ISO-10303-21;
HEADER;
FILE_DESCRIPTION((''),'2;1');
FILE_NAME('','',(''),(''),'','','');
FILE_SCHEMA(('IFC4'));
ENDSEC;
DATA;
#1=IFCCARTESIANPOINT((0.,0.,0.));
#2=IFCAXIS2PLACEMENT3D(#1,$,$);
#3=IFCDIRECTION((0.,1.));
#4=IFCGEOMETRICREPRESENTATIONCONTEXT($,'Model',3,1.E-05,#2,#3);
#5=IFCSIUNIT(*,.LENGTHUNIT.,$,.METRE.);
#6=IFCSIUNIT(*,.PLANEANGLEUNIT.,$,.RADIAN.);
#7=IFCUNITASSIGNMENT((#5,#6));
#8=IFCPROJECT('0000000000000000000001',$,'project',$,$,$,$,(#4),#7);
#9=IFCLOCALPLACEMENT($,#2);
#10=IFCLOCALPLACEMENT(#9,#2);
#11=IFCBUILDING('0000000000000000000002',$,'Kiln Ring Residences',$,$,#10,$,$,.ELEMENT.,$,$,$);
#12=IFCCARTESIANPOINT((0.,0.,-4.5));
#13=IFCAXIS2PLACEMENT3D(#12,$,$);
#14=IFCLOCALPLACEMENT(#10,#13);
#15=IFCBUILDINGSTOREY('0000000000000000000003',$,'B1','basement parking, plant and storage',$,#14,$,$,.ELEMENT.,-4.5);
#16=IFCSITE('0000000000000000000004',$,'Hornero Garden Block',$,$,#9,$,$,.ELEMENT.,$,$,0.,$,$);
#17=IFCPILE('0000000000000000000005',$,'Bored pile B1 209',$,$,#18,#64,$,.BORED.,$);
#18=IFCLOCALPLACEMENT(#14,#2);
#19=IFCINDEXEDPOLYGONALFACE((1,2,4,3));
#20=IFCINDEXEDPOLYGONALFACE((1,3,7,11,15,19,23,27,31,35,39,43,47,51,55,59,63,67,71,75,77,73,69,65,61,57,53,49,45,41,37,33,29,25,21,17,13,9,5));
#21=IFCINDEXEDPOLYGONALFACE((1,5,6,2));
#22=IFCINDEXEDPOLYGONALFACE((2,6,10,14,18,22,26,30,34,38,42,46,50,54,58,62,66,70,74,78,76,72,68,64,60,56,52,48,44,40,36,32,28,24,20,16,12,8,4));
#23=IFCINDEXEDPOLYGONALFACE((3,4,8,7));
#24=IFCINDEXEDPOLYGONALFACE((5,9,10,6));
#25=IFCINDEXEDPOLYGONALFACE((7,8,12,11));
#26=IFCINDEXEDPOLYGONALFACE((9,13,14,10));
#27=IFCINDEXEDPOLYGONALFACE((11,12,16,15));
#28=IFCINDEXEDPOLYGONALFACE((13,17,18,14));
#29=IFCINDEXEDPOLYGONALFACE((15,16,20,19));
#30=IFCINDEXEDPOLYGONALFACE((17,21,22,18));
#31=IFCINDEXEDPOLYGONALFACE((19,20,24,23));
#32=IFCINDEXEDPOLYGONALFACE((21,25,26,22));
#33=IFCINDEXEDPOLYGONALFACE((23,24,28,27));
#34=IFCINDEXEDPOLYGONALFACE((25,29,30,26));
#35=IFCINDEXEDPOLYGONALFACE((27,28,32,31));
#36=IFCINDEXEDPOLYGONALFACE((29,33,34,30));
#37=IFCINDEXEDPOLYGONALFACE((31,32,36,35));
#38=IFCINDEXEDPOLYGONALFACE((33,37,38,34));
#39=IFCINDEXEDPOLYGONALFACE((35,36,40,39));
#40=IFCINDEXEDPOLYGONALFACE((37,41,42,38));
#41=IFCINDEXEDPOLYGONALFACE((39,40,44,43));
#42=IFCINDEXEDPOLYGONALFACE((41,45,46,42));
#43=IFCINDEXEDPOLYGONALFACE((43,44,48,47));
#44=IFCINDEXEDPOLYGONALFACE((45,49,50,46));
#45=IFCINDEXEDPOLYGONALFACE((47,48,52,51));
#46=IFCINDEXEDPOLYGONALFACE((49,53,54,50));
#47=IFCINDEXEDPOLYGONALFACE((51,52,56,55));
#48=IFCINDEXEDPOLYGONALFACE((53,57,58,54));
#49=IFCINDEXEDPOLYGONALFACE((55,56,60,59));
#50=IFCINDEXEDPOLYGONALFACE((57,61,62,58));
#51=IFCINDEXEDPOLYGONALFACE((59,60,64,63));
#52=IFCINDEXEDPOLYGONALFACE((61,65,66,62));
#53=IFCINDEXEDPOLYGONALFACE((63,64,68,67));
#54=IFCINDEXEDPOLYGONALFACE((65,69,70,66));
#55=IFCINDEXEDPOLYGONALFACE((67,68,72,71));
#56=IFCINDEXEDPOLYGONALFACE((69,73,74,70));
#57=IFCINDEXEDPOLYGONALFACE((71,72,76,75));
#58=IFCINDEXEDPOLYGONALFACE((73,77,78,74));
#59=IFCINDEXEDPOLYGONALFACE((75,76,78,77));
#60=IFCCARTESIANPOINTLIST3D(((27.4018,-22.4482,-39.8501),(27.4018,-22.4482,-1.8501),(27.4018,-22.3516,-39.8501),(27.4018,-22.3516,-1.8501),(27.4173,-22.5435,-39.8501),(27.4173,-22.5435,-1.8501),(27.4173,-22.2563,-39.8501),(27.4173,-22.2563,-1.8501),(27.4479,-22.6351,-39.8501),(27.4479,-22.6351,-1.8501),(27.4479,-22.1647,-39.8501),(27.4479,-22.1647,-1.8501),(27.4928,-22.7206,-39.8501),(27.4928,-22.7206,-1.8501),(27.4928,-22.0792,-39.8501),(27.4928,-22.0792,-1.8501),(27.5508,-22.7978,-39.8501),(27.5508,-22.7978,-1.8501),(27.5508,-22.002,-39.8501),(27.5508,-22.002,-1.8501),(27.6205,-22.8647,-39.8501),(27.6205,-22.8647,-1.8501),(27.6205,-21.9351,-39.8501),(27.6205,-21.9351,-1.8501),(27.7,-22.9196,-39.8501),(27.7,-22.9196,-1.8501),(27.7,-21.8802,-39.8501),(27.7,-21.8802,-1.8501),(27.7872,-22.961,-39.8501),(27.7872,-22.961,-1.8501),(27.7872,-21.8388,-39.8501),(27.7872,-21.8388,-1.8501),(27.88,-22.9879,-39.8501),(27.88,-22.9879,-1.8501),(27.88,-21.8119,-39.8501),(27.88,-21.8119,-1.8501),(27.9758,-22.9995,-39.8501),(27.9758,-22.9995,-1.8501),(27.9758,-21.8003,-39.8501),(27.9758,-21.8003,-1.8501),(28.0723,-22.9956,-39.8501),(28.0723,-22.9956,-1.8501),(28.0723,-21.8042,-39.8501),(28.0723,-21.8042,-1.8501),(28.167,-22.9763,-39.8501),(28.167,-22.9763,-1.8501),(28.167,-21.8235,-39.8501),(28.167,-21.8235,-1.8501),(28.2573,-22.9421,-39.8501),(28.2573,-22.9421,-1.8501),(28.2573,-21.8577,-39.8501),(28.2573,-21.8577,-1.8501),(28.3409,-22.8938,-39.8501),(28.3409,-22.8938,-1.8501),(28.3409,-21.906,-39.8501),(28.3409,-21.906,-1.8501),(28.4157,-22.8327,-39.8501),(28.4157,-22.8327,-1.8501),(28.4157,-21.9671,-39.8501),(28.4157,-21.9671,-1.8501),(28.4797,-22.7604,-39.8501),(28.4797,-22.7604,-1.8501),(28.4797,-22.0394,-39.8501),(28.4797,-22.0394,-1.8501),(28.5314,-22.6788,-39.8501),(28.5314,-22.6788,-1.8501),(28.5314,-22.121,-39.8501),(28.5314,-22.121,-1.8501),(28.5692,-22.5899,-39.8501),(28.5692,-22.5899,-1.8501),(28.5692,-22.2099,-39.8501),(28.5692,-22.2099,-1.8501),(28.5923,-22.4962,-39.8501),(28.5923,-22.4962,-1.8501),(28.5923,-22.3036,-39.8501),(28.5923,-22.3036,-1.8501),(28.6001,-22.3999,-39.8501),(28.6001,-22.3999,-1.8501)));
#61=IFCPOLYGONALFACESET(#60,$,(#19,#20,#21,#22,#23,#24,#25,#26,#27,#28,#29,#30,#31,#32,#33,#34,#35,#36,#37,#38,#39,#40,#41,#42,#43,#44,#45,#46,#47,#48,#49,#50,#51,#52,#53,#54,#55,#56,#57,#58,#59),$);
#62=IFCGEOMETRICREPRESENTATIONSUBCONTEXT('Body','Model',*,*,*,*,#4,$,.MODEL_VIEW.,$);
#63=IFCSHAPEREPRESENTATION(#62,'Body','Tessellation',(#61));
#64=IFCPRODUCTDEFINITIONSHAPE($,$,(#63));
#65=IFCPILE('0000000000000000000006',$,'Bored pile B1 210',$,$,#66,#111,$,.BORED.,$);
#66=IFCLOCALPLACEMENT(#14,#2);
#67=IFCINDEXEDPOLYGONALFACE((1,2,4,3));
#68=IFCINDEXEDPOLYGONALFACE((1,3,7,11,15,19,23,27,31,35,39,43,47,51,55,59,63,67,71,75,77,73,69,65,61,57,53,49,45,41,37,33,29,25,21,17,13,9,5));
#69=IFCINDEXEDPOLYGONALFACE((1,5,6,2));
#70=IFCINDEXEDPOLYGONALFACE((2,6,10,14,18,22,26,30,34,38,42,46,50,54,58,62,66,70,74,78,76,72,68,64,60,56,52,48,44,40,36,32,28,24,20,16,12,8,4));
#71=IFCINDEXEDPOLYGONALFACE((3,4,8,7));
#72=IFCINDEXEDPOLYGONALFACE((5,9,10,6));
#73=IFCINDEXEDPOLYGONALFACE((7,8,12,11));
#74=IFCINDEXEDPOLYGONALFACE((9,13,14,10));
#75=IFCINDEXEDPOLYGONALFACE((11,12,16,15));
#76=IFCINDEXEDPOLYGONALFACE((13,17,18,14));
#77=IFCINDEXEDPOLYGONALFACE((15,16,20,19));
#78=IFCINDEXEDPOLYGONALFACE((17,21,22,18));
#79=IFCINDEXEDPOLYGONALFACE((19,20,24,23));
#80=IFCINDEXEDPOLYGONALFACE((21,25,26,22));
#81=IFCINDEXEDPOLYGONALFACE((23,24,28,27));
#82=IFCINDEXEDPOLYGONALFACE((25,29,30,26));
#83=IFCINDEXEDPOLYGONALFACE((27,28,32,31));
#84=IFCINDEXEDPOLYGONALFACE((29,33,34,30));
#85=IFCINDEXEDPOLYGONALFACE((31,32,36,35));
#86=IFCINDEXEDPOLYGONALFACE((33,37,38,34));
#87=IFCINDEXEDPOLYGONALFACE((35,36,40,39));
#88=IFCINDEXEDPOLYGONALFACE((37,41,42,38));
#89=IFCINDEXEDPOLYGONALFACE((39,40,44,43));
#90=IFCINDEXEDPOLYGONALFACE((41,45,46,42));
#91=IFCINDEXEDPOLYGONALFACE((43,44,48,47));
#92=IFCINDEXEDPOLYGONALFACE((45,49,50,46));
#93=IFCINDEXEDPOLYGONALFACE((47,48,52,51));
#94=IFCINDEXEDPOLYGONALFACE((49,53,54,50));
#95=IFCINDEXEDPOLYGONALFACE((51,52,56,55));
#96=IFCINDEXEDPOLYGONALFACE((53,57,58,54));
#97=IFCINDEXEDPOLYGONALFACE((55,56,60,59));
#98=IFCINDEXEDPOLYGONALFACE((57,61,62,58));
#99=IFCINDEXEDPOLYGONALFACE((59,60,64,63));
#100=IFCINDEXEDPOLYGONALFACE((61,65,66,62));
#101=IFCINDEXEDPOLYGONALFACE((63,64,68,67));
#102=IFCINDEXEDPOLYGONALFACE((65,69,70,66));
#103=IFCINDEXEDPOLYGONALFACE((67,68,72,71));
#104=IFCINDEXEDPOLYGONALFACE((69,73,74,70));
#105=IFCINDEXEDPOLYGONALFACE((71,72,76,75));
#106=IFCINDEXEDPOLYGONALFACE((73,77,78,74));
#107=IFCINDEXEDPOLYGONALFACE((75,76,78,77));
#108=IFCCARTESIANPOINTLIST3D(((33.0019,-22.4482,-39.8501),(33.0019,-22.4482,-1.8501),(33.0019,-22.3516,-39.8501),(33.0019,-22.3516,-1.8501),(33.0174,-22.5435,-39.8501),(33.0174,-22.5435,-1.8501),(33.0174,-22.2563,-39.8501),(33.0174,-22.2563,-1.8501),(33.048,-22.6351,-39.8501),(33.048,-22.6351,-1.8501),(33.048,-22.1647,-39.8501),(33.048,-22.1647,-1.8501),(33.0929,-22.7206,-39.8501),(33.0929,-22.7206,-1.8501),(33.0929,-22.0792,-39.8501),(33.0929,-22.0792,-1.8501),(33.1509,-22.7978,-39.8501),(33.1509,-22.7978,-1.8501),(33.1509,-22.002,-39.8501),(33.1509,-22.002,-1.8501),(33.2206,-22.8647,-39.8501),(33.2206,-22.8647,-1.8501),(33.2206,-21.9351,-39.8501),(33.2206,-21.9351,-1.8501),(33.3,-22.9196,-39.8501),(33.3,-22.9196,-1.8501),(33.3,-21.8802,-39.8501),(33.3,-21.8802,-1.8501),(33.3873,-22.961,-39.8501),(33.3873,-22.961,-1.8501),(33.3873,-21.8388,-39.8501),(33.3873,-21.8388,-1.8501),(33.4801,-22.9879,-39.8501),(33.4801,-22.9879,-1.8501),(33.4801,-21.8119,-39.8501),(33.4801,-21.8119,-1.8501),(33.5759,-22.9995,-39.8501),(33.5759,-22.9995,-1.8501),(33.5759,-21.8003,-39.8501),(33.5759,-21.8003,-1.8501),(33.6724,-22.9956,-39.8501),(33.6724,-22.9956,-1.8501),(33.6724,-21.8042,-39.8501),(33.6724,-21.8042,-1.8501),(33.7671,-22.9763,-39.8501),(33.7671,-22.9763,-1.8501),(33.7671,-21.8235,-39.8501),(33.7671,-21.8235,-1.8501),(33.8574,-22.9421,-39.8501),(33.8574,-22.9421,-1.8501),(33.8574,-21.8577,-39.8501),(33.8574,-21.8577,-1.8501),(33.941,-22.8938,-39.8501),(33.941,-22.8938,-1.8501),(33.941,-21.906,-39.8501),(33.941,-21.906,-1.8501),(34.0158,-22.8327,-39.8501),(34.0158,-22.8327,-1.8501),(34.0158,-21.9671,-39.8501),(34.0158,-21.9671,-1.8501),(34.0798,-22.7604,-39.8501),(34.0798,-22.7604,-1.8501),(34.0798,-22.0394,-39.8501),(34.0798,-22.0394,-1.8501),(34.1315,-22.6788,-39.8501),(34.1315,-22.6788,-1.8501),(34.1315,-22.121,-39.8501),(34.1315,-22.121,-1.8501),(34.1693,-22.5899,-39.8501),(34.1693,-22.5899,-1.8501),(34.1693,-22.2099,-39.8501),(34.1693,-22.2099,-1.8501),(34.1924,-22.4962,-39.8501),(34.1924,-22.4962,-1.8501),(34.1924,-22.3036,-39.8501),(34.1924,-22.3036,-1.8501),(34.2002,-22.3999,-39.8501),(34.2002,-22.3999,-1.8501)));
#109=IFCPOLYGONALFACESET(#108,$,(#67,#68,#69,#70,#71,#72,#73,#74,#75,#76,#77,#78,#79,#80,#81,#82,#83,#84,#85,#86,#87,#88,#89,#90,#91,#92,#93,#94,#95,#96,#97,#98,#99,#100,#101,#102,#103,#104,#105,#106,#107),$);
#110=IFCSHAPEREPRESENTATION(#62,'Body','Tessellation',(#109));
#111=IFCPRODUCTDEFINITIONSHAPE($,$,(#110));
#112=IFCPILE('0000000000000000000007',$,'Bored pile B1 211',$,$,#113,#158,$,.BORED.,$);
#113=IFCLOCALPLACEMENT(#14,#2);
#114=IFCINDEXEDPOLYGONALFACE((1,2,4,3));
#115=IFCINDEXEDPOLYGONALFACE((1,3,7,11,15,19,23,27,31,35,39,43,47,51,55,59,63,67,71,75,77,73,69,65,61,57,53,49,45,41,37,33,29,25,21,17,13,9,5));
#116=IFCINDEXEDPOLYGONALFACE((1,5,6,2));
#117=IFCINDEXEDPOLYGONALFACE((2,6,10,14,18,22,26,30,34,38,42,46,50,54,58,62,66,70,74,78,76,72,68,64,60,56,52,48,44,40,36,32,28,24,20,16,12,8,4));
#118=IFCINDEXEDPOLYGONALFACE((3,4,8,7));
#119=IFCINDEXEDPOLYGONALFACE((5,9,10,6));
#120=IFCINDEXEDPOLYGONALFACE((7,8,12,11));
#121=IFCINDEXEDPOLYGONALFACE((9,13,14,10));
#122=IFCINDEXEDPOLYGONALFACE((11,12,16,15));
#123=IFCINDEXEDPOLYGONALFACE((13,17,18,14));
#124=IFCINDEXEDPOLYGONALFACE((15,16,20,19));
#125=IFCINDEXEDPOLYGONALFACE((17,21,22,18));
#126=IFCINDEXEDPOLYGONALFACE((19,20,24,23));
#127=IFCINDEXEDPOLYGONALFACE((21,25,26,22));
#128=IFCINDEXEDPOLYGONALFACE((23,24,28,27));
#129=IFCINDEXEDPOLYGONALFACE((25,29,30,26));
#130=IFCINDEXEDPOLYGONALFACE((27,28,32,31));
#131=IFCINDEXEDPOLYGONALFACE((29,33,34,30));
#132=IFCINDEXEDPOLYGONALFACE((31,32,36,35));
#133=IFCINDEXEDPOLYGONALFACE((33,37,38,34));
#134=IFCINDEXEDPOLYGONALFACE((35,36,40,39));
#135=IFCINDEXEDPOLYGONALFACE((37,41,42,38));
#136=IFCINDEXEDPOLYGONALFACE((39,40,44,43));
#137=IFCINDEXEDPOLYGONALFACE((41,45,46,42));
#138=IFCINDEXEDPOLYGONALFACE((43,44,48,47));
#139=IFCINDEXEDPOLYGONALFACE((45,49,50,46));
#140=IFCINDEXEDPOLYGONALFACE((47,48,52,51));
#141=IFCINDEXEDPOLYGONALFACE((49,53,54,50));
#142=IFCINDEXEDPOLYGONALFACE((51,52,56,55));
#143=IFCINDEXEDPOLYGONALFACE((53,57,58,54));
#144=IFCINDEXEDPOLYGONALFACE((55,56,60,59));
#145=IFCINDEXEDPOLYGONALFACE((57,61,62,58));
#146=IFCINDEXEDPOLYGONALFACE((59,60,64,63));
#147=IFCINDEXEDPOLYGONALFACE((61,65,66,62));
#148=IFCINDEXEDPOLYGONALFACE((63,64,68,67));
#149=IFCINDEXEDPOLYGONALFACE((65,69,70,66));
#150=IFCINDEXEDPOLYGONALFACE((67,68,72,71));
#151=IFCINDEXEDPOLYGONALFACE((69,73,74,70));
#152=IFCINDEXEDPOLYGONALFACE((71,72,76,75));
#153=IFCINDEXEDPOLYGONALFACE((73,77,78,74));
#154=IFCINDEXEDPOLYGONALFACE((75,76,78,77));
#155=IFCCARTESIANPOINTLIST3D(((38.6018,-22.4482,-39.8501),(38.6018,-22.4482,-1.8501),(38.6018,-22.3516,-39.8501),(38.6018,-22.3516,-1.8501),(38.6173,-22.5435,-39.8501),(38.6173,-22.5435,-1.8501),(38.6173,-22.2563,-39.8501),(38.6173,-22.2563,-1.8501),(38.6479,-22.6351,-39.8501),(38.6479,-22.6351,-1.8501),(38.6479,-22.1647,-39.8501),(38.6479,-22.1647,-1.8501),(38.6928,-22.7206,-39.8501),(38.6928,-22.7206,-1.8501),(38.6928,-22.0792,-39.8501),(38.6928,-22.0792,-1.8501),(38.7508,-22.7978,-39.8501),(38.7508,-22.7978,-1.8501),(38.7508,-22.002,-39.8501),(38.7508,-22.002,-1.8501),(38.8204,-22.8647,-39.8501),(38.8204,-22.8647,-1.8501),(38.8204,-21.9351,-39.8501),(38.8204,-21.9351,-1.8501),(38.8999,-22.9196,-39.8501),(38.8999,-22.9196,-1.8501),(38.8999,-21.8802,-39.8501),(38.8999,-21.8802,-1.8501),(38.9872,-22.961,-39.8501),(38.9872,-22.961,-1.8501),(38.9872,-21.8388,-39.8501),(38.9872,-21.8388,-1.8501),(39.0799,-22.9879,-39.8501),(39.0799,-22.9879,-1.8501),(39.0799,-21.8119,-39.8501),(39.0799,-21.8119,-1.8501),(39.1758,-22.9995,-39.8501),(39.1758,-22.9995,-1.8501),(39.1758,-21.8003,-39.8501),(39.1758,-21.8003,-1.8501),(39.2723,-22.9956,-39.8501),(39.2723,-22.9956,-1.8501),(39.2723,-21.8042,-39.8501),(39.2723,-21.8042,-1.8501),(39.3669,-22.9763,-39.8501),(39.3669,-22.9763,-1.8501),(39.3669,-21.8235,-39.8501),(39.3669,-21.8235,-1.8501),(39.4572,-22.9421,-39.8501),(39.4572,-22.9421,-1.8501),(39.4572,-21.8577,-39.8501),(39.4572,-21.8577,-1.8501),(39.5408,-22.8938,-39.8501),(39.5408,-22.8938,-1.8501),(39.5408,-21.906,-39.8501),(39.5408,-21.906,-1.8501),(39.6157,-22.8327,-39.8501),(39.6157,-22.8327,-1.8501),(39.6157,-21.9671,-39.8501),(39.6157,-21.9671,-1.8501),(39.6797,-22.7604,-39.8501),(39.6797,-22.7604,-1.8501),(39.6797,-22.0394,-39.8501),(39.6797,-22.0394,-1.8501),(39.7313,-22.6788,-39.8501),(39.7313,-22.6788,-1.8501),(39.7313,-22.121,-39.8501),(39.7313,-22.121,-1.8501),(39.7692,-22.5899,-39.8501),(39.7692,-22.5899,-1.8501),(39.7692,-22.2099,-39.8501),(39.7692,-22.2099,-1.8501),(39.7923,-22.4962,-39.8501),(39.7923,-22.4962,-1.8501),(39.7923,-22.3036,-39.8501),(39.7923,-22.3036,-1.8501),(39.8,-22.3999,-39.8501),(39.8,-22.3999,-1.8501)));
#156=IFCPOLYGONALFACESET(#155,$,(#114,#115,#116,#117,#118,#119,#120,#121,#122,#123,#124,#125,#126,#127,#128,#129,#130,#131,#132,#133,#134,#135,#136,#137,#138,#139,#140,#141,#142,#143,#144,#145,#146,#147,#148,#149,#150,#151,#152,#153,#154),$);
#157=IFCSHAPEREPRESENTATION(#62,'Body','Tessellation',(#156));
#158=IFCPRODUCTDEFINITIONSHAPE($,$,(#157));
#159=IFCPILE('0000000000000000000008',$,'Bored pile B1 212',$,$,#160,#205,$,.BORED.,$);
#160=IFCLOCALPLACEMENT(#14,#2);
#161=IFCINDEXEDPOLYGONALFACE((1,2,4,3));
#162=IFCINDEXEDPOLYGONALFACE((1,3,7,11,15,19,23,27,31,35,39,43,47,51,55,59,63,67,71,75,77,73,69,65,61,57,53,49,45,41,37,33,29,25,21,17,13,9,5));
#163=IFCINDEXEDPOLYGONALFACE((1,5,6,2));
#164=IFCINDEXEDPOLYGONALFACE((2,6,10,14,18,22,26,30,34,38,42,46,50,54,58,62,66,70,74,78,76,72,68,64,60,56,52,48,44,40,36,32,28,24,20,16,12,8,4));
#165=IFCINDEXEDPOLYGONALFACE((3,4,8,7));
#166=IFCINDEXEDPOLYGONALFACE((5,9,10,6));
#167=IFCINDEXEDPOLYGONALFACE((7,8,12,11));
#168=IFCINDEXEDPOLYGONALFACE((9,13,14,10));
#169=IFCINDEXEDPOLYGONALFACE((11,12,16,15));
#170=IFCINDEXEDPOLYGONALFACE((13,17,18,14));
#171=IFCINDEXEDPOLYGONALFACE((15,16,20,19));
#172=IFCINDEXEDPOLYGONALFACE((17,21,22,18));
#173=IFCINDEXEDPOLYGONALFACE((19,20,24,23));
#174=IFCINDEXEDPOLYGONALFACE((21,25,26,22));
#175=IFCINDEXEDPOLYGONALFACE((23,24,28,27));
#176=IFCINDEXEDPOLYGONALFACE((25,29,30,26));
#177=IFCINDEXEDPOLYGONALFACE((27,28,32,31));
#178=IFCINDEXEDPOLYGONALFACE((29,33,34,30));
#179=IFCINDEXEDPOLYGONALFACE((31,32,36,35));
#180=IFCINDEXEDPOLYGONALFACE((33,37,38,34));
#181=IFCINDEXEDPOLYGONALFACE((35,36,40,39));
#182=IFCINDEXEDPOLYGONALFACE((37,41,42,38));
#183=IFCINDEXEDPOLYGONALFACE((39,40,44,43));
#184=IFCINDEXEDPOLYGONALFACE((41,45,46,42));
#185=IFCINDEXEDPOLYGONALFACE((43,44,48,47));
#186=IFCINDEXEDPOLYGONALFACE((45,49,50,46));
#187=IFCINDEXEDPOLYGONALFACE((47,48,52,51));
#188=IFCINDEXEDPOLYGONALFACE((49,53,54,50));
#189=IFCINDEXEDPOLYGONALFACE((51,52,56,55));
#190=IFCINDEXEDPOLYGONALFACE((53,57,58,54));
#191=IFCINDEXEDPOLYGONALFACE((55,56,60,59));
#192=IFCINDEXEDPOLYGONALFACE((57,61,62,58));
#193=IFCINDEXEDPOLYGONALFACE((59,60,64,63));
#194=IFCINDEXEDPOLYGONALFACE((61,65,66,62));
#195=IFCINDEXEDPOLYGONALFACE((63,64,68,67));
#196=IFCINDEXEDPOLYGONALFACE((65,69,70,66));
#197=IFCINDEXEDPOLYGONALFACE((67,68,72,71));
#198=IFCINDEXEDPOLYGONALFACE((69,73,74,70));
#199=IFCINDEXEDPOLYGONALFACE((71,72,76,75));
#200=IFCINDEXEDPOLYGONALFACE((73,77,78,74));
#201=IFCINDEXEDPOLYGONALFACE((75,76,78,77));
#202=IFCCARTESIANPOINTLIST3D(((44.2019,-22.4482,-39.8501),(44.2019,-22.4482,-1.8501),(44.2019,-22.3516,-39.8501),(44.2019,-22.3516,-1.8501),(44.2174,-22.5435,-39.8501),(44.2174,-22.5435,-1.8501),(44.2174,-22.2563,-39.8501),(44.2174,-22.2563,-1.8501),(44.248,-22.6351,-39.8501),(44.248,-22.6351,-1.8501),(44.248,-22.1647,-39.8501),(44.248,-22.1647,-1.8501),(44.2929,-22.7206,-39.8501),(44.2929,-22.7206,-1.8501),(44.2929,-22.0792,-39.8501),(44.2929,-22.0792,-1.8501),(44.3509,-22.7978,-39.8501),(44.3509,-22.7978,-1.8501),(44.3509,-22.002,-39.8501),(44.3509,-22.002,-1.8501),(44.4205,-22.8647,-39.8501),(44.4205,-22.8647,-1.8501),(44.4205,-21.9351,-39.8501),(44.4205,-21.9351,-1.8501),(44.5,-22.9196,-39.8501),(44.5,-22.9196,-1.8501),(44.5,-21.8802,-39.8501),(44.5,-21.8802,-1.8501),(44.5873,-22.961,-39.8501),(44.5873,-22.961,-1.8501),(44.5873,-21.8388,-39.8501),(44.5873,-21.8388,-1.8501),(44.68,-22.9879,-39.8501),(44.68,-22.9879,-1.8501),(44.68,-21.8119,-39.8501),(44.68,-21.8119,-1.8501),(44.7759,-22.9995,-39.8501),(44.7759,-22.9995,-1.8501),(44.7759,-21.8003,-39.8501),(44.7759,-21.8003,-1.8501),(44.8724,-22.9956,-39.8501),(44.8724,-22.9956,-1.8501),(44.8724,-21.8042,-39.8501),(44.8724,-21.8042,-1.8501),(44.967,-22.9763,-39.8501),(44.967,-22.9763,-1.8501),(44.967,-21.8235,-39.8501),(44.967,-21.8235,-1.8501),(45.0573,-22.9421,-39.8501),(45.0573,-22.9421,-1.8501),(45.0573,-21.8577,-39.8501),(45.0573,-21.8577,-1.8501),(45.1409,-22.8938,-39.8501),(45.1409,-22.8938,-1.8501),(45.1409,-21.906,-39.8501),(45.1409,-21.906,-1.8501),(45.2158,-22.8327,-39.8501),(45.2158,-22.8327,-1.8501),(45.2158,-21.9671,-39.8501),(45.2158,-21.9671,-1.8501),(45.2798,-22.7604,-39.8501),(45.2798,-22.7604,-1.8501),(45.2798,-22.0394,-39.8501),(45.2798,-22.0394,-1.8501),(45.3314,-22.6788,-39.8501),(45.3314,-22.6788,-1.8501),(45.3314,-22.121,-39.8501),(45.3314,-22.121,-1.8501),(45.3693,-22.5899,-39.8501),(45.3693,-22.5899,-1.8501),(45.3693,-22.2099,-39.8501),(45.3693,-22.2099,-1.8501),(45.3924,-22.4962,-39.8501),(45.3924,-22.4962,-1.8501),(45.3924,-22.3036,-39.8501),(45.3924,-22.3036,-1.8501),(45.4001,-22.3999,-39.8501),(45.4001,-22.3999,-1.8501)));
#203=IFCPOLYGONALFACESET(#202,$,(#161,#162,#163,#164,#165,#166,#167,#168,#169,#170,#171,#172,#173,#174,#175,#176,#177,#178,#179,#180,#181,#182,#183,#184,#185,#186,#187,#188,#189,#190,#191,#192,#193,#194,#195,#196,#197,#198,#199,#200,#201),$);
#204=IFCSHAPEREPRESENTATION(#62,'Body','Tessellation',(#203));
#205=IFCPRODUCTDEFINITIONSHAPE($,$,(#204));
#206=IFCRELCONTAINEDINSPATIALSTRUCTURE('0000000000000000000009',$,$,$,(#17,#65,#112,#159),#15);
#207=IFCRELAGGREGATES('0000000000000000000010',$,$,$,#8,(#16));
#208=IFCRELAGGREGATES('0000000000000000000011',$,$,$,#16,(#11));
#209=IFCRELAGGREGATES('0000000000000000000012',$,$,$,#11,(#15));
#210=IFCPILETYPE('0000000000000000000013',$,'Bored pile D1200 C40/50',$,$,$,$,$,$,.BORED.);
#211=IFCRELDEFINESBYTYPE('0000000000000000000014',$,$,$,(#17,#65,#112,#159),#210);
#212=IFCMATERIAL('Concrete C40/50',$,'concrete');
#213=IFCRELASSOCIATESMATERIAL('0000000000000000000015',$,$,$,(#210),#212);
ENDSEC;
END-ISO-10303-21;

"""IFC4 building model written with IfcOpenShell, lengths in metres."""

from ifc_helpers import new_model, si_unit, direction, frame, origin, origin_2d, place, context, subcontext, project, spatial, circle, extrude, material, material_profile, profile_set, type_object, element, save


model = new_model("IFC4")

# Units and contexts
model_context = context("Model", 3, precision=1e-05, world=origin(), true_north=direction((0.0, 1.0)))
body_context = subcontext(model_context, "Body", "Model", "MODEL_VIEW")
ifc_project = project(units=[si_unit("LENGTHUNIT", "METRE"), si_unit("PLANEANGLEUNIT", "RADIAN")], contexts=[model_context])

# Site, building, storey
site_placement = place(None, origin())
site = spatial("IfcSite", under=ifc_project, at=site_placement, Name="Hornero Garden Block", CompositionType="ELEMENT", RefElevation=0.0)
building_placement = place(site_placement, origin())
building = spatial("IfcBuilding", under=site, at=building_placement, Name="Kiln Ring Residences", CompositionType="ELEMENT")
storey_placement = place(building_placement, frame((0.0, 0.0, -4.5)))
storey = spatial("IfcBuildingStorey", under=building, at=storey_placement, Name="B1", Description="basement parking, plant and storage", CompositionType="ELEMENT", Elevation=-4.5)

# Piles
ifc_material_1 = material(Name="Concrete C40/50", Category="concrete")
ifc_material_profile_1 = material_profile(ifc_material_1, circle(Radius=0.6001, at=origin_2d()), Name="BORED1200")
ifc_profile_set_1 = profile_set([ifc_material_profile_1], Name="Concrete C40/50")
pile_type = type_object("IfcPileType", Name="Bored pile D1200 C40/50", PredefinedType="BORED", material=ifc_profile_set_1)
for number, where, z_axis, x_axis, name in (
    (1, (28.0, -22.3999, -1.8501), (0.0, 0.0, -1.0), (1.0, 0.0, 0.0), "Bored pile B1 209"),
    (2, (33.6001, -22.3999, -1.8501), (0.0, 0.0, -1.0), (1.0, 0.0, 0.0), "Bored pile B1 210"),
    (3, (39.2, -22.3999, -1.8501), (0.0, 0.0, -1.0), (1.0, 0.0, 0.0), "Bored pile B1 211"),
    (4, (44.8, -22.3999, -1.8501), (0.0, 0.0, -1.0), (1.0, 0.0, 0.0), "Bored pile B1 212"),
):
    element("IfcPile", number, at=place(storey_placement, frame(where, z_axis=z_axis, x_axis=x_axis)), inside=storey, type_object=pile_type, Name=name, PredefinedType="BORED", context=body_context, shape_type="SweptSolid", body=[
        extrude(circle(Radius=0.6001, at=origin_2d()), origin(), (0.0, 0.0, 1.0), 38.0),
    ])

save(model, "model.ifc")
